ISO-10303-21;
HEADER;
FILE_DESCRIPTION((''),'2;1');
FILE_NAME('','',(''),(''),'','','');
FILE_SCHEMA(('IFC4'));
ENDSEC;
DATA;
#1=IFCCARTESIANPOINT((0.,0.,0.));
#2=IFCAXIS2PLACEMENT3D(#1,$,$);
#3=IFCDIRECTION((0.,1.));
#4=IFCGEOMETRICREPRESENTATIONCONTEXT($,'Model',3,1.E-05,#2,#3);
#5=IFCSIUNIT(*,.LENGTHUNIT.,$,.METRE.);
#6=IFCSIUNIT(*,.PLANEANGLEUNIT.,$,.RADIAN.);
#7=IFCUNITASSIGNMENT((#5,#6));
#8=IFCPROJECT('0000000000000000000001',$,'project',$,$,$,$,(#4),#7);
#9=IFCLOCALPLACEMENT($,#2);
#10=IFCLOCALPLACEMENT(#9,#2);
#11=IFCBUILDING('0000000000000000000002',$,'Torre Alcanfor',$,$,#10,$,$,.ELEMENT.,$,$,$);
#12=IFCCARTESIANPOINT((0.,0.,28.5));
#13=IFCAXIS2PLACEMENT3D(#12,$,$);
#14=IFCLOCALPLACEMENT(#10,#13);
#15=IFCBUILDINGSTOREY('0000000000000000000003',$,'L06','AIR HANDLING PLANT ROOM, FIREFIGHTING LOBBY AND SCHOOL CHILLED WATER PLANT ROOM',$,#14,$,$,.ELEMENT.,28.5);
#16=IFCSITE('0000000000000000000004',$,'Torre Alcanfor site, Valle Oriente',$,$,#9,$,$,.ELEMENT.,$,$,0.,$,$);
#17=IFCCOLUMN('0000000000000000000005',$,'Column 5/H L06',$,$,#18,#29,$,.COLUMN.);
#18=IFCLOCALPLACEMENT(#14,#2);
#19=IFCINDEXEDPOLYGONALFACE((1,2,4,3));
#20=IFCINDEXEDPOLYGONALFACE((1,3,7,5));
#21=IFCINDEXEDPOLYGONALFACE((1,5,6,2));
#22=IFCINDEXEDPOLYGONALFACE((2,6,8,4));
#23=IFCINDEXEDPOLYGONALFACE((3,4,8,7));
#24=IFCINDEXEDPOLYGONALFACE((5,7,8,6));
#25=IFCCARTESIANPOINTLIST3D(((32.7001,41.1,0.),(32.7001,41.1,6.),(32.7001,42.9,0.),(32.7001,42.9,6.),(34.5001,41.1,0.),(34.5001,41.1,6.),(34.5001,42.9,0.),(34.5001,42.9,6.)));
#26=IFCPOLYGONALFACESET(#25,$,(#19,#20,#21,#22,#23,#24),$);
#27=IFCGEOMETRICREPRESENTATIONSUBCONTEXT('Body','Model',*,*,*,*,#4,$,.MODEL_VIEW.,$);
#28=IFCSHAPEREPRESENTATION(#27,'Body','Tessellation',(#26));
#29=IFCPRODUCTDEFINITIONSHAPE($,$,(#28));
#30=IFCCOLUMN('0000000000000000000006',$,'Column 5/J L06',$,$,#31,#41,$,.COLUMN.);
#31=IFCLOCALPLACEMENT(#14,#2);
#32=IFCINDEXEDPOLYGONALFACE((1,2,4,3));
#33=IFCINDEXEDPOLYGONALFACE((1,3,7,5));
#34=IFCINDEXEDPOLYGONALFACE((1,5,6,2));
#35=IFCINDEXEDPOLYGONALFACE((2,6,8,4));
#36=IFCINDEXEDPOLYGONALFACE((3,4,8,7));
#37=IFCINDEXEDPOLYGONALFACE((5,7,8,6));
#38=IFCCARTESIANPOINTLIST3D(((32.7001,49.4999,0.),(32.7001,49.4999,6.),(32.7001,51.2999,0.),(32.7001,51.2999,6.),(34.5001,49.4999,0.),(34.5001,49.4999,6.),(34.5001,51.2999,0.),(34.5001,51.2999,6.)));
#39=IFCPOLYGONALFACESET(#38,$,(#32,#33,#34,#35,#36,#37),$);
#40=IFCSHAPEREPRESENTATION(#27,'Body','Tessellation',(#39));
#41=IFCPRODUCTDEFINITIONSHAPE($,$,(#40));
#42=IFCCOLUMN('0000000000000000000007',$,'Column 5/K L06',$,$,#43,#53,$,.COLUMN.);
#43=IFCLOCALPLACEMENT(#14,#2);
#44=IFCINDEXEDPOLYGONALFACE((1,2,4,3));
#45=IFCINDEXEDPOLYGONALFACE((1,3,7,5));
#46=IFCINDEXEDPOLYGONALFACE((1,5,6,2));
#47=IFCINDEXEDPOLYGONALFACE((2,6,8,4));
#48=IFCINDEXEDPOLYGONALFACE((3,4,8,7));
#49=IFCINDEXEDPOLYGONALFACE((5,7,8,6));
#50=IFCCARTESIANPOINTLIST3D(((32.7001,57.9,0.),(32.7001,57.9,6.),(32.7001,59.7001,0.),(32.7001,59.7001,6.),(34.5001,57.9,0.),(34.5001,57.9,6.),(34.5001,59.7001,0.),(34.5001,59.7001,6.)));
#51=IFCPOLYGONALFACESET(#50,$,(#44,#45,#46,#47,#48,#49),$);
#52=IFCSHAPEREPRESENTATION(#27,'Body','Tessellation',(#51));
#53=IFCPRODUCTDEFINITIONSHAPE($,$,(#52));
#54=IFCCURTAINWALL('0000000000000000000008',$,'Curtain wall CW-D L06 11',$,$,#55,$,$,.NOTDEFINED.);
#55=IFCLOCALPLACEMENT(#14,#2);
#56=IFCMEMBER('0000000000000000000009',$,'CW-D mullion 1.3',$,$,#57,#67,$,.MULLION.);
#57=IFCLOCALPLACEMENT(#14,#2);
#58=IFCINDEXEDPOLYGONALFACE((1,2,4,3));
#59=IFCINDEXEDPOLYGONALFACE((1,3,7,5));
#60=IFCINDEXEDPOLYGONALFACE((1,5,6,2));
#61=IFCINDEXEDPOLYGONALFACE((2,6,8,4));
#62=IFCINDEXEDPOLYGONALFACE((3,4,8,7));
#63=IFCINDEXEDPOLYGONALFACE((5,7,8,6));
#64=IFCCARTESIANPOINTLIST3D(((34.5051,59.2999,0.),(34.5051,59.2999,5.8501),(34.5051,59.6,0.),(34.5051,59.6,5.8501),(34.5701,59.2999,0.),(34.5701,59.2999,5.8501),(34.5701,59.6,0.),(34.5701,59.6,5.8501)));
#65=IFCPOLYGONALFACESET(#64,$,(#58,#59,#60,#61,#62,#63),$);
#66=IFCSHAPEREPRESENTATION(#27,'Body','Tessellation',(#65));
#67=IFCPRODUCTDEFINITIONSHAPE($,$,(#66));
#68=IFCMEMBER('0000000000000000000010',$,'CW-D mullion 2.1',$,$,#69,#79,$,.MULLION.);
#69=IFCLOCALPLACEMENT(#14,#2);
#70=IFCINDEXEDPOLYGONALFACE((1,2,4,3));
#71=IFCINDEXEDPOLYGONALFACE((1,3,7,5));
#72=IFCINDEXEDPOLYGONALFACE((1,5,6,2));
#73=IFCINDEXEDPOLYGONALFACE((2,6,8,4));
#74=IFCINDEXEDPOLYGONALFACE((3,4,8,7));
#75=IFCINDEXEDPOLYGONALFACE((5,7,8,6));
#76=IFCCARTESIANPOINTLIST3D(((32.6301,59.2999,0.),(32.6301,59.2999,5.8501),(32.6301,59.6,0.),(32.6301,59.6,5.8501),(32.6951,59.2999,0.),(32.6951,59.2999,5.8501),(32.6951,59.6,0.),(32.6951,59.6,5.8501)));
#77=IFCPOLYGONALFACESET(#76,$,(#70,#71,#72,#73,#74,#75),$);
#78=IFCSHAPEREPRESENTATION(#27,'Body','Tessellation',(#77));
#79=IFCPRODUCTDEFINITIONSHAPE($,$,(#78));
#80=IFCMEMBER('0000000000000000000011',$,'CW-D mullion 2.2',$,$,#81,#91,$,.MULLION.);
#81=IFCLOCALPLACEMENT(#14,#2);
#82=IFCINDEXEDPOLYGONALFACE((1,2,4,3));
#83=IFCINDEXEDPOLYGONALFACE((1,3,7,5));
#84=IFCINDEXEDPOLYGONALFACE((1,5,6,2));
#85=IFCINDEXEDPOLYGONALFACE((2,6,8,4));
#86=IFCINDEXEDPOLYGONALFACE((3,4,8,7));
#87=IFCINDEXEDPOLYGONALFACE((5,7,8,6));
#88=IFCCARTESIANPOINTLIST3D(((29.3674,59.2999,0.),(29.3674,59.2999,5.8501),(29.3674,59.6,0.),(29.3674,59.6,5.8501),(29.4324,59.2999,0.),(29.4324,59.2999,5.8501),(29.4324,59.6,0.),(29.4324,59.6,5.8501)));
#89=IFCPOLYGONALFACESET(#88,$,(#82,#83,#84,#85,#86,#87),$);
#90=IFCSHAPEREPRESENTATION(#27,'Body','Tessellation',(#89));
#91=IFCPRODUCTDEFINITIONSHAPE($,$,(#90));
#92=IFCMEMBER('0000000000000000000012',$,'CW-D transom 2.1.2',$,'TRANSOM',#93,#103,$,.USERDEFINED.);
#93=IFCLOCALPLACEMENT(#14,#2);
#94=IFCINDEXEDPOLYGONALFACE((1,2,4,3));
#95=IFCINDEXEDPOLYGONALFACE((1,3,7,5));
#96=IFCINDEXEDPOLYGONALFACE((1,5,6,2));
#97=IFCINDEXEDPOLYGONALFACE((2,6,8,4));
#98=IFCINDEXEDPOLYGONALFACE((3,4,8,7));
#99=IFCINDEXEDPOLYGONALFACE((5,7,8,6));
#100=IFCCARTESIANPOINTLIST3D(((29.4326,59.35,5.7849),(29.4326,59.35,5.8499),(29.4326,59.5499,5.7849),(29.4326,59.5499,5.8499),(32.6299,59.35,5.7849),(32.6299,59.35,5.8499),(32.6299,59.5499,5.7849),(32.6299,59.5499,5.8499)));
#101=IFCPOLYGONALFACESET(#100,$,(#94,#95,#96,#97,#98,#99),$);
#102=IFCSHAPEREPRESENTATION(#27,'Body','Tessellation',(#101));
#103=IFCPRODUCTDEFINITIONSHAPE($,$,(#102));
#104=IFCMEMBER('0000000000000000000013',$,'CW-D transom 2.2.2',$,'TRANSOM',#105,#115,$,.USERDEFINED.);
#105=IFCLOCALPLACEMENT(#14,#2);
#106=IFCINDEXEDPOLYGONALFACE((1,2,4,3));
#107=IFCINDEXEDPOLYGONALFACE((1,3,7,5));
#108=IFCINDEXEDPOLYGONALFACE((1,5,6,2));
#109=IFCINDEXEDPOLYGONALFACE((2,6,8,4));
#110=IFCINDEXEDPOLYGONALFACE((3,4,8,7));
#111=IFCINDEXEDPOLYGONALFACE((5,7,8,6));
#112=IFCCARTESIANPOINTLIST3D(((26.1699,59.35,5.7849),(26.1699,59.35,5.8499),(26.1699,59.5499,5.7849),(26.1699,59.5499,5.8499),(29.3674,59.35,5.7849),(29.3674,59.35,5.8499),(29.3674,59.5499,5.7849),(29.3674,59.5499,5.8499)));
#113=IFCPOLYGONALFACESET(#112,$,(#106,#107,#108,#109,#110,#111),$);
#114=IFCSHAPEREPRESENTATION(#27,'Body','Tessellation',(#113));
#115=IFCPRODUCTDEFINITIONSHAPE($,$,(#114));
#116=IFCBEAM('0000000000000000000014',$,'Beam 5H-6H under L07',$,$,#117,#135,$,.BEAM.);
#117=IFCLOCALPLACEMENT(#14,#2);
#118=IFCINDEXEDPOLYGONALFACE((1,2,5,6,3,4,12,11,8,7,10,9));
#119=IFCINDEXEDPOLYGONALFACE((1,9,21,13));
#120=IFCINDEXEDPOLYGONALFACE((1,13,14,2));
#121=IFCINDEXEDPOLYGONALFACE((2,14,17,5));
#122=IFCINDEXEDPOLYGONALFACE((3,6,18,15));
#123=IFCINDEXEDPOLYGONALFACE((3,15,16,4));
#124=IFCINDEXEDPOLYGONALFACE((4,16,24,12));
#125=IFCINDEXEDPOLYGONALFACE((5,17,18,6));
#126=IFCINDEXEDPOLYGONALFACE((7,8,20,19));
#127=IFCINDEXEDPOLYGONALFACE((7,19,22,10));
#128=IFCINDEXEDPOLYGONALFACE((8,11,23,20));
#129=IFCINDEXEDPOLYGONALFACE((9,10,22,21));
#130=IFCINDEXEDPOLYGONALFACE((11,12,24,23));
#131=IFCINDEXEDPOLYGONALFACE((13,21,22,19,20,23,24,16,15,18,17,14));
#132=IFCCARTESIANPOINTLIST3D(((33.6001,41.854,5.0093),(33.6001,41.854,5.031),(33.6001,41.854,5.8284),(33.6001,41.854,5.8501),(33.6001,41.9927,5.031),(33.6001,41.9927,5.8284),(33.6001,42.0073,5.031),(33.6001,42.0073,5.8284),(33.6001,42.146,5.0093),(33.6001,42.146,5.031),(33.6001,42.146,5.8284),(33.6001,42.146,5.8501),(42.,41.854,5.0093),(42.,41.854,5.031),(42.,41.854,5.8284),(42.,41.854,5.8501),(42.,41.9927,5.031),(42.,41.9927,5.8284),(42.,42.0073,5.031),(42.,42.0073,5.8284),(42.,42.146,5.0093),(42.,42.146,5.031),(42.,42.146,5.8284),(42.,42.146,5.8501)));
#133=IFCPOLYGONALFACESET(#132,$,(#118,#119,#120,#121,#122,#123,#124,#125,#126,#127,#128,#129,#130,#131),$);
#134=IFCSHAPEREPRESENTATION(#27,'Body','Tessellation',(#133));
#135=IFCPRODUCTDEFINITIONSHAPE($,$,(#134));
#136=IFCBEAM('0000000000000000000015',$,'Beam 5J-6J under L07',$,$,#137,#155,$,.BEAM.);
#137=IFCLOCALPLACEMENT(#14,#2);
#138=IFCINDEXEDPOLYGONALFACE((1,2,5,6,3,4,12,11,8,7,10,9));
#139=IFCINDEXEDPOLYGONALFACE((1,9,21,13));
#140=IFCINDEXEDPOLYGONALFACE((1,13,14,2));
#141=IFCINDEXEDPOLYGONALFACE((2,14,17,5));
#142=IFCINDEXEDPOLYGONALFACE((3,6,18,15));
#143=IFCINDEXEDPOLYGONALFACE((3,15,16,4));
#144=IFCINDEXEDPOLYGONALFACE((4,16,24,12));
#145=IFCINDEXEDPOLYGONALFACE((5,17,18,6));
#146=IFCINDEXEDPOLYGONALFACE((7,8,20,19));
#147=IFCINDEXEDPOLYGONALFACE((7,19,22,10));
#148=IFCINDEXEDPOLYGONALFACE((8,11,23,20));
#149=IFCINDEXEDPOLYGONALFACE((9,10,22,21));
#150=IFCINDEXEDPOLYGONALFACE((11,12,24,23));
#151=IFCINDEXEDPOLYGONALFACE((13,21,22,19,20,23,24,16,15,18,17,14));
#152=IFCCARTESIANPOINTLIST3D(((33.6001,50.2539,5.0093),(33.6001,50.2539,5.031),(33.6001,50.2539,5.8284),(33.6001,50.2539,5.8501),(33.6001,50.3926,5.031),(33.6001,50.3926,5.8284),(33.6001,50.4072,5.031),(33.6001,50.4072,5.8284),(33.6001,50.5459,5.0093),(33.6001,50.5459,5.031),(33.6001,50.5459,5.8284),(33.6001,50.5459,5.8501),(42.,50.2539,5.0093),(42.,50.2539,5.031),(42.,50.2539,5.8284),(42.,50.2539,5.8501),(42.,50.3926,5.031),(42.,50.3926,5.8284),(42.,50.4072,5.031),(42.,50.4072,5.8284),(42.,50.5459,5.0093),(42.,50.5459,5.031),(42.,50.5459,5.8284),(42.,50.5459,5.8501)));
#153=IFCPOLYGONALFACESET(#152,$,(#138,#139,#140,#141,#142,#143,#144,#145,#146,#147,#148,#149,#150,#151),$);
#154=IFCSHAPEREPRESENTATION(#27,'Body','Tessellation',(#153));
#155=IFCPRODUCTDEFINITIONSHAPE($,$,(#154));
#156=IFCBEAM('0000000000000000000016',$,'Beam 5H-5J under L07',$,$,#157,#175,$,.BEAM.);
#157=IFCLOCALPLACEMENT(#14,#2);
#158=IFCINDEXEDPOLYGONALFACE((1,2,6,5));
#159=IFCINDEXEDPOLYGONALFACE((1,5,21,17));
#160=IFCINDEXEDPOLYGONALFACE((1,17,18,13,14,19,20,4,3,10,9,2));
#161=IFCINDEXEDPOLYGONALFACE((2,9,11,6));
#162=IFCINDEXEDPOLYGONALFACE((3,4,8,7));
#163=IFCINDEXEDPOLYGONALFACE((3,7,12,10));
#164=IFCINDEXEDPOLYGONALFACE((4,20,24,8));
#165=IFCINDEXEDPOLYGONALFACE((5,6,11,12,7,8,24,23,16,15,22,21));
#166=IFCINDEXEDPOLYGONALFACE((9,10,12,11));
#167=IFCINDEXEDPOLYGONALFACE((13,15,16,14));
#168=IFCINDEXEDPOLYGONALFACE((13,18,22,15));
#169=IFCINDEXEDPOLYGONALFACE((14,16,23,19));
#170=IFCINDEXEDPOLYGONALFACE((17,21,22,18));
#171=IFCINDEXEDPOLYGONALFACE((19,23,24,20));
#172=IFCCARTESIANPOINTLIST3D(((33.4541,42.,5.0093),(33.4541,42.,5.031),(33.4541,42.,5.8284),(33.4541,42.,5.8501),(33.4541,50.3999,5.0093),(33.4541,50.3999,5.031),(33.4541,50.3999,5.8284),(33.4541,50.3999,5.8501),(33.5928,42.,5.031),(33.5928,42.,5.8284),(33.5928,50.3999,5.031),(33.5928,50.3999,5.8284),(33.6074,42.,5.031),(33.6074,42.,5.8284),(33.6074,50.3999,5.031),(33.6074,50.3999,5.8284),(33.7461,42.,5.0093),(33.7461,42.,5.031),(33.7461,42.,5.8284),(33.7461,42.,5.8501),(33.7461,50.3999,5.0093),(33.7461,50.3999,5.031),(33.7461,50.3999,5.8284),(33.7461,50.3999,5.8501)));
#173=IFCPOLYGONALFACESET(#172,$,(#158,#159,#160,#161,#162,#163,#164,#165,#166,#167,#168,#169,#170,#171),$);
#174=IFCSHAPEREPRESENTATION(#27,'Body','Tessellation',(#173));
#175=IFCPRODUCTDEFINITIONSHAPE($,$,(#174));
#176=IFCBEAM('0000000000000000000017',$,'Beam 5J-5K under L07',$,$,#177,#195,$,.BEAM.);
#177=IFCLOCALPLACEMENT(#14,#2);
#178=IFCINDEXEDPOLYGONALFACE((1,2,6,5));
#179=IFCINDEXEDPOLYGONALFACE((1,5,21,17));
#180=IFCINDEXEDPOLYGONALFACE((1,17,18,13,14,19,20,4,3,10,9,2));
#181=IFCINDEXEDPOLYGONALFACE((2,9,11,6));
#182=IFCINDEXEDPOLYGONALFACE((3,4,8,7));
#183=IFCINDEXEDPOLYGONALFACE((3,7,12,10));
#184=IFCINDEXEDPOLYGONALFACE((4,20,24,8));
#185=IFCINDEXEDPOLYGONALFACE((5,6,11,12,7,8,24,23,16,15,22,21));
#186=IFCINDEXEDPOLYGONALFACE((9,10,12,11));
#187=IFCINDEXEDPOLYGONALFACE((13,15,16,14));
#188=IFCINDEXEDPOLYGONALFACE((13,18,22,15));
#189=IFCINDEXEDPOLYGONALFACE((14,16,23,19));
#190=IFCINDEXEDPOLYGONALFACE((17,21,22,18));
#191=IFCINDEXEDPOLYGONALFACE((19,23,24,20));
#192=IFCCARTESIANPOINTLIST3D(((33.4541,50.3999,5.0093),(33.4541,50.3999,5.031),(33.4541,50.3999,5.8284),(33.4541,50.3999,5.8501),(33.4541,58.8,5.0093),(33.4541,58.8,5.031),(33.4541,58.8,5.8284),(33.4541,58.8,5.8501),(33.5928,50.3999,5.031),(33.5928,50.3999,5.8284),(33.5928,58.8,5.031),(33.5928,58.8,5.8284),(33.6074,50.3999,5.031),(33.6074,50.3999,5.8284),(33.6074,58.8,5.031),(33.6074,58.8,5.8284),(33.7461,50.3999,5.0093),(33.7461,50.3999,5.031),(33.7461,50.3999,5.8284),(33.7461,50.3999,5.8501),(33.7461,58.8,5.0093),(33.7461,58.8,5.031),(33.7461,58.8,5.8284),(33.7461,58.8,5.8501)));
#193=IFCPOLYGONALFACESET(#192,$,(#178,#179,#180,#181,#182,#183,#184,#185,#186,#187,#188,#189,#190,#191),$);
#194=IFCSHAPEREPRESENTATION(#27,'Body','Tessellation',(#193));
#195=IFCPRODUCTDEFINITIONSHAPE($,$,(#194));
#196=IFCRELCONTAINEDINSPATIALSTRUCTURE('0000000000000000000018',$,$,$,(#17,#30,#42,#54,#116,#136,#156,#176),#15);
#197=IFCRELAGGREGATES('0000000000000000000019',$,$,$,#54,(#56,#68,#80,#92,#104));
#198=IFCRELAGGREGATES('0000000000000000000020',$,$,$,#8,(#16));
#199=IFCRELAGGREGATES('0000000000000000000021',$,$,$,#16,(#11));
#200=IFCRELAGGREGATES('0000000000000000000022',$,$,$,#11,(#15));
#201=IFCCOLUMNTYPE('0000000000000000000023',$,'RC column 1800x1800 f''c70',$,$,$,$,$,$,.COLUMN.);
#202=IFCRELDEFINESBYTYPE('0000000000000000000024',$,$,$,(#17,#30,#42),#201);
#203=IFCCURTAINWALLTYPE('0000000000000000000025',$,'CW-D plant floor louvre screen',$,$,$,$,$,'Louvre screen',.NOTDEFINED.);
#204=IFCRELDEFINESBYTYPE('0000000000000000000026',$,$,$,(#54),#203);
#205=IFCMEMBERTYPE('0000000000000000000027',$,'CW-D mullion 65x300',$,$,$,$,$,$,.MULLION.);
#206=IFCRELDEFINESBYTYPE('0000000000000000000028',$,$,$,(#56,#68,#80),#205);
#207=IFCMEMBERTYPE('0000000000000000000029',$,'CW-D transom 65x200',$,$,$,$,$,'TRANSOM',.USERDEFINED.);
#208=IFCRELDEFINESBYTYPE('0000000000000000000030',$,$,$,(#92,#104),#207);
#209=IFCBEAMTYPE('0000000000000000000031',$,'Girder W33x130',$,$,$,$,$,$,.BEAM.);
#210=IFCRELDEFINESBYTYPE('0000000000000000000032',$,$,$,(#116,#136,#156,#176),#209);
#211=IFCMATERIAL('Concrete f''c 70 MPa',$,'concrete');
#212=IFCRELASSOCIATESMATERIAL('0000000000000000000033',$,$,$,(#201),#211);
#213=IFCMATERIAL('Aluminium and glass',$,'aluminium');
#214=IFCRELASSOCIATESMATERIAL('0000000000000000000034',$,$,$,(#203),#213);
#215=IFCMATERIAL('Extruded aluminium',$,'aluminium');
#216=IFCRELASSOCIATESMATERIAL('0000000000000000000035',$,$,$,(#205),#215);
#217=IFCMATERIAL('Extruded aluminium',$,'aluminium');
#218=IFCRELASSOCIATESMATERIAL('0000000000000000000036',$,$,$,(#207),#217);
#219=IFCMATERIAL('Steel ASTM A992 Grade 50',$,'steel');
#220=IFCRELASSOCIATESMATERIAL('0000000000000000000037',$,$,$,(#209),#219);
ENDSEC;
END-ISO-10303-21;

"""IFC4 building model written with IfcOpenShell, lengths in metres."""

from ifc_helpers import new_model, si_unit, direction, frame, origin, origin_2d, place, context, subcontext, project, spatial, rectangle, i_section, extrude, material, material_profile, profile_set, type_object, element, aggregate, save


model = new_model("IFC4")

# Units and contexts
model_context = context("Model", 3, precision=1e-05, world=origin(), true_north=direction((0.0, 1.0)))
body_context = subcontext(model_context, "Body", "Model", "MODEL_VIEW")
ifc_project = project(units=[si_unit("LENGTHUNIT", "METRE"), si_unit("PLANEANGLEUNIT", "RADIAN")], contexts=[model_context])

# Site, building, storey
site_placement = place(None, origin())
site = spatial("IfcSite", under=ifc_project, at=site_placement, Name="Torre Alcanfor site, Valle Oriente", CompositionType="ELEMENT", RefElevation=0.0)
building_placement = place(site_placement, origin())
building = spatial("IfcBuilding", under=site, at=building_placement, Name="Torre Alcanfor", CompositionType="ELEMENT")
storey_placement = place(building_placement, frame((0.0, 0.0, 28.5)))
storey = spatial("IfcBuildingStorey", under=building, at=storey_placement, Name="L06", Description="AIR HANDLING PLANT ROOM, FIREFIGHTING LOBBY AND SCHOOL CHILLED WATER PLANT ROOM", CompositionType="ELEMENT", Elevation=28.5)

# Columns
ifc_material_1 = material(Name="Concrete f'c 70 MPa", Category="concrete")
ifc_material_profile_1 = material_profile(ifc_material_1, rectangle(XDim=1.8, YDim=1.8, at=origin_2d()), Name="1800x1800")
ifc_profile_set_1 = profile_set([ifc_material_profile_1], Name="Concrete f'c 70 MPa")
column_type = type_object("IfcColumnType", Name="RC column 1800x1800 f'c70", PredefinedType="COLUMN", material=ifc_profile_set_1)
for number, where, z_axis, x_axis, name in (
    (1, (33.6001, 42.0, 0.0), (0.0, 0.0, 1.0), (1.0, 0.0, 0.0), "Column 5/H L06"),
    (2, (33.6001, 50.3999, 0.0), (0.0, 0.0, 1.0), (1.0, 0.0, 0.0), "Column 5/J L06"),
    (3, (33.6001, 58.8, 0.0), (0.0, 0.0, 1.0), (1.0, 0.0, 0.0), "Column 5/K L06"),
):
    element("IfcColumn", number, at=place(storey_placement, frame(where, z_axis=z_axis, x_axis=x_axis)), inside=storey, type_object=column_type, Name=name, PredefinedType="COLUMN", context=body_context, shape_type="SweptSolid", body=[
        extrude(rectangle(XDim=1.8, YDim=1.8, at=origin_2d()), origin(), (0.0, 0.0, 1.0), 6.0),
    ])

# Curtain wall, members
ifc_material_2 = material(Name="Aluminium and glass", Category="aluminium")
curtain_wall_type = type_object("IfcCurtainWallType", Name="CW-D plant floor louvre screen", ElementType="Louvre screen", PredefinedType="NOTDEFINED", material=ifc_material_2)
curtain_wall_placement = place(storey_placement, origin())
curtain_wall = element("IfcCurtainWall", 4, at=curtain_wall_placement, inside=storey, type_object=curtain_wall_type, Name="Curtain wall CW-D L06 11", PredefinedType="NOTDEFINED")
ifc_material_3 = material(Name="Extruded aluminium", Category="aluminium")
ifc_material_profile_2 = material_profile(ifc_material_3, rectangle(XDim=0.3, YDim=0.0649, at=origin_2d()), Name="CW-D mullion 65x300")
ifc_profile_set_2 = profile_set([ifc_material_profile_2], Name="Extruded aluminium")
member_type_1 = type_object("IfcMemberType", Name="CW-D mullion 65x300", PredefinedType="MULLION", material=ifc_profile_set_2)
member_1_placement = place(storey_placement, frame((34.5376, 59.45, 0.0), z_axis=(0.0, 0.0, 1.0), x_axis=(0.0, -1.0, 0.0)))
member_1 = element("IfcMember", 5, at=member_1_placement, type_object=member_type_1, Name="CW-D mullion 1.3", PredefinedType="MULLION", context=body_context, shape_type="SweptSolid", body=[
    extrude(rectangle(XDim=0.3, YDim=0.0649, at=origin_2d()), origin(), (0.0, 0.0, 1.0), 5.8501),
])
member_2_placement = place(storey_placement, frame((32.6626, 59.45, 0.0), z_axis=(0.0, 0.0, 1.0), x_axis=(0.0, -1.0, 0.0)))
member_2 = element("IfcMember", 6, at=member_2_placement, type_object=member_type_1, Name="CW-D mullion 2.1", PredefinedType="MULLION", context=body_context, shape_type="SweptSolid", body=[
    extrude(rectangle(XDim=0.3, YDim=0.0649, at=origin_2d()), origin(), (0.0, 0.0, 1.0), 5.8501),
])
member_3_placement = place(storey_placement, frame((29.3999, 59.45, 0.0), z_axis=(0.0, 0.0, 1.0), x_axis=(0.0, -1.0, 0.0)))
member_3 = element("IfcMember", 7, at=member_3_placement, type_object=member_type_1, Name="CW-D mullion 2.2", PredefinedType="MULLION", context=body_context, shape_type="SweptSolid", body=[
    extrude(rectangle(XDim=0.3, YDim=0.0649, at=origin_2d()), origin(), (0.0, 0.0, 1.0), 5.8501),
])
ifc_material_4 = material(Name="Extruded aluminium", Category="aluminium")
ifc_material_profile_3 = material_profile(ifc_material_4, rectangle(XDim=0.2, YDim=0.0649, at=origin_2d()), Name="CW-D transom 200x65")
ifc_profile_set_3 = profile_set([ifc_material_profile_3], Name="Extruded aluminium")
member_type_2 = type_object("IfcMemberType", Name="CW-D transom 65x200", ElementType="TRANSOM", PredefinedType="USERDEFINED", material=ifc_profile_set_3)
member_4_placement = place(storey_placement, frame((32.6299, 59.45, 5.8174), z_axis=(-1.0, 0.0, 0.0), x_axis=(0.0, -1.0, 0.0)))
member_4 = element("IfcMember", 8, at=member_4_placement, type_object=member_type_2, Name="CW-D transom 2.1.2", ObjectType="TRANSOM", PredefinedType="USERDEFINED", context=body_context, shape_type="SweptSolid", body=[
    extrude(rectangle(XDim=0.2, YDim=0.0649, at=origin_2d()), origin(), (0.0, 0.0, 1.0), 3.1973),
])
member_5_placement = place(storey_placement, frame((29.3674, 59.45, 5.8174), z_axis=(-1.0, 0.0, 0.0), x_axis=(0.0, -1.0, 0.0)))
member_5 = element("IfcMember", 9, at=member_5_placement, type_object=member_type_2, Name="CW-D transom 2.2.2", ObjectType="TRANSOM", PredefinedType="USERDEFINED", context=body_context, shape_type="SweptSolid", body=[
    extrude(rectangle(XDim=0.2, YDim=0.0649, at=origin_2d()), origin(), (0.0, 0.0, 1.0), 3.1975),
])

# Beams
ifc_material_5 = material(Name="Steel ASTM A992 Grade 50", Category="steel")
ifc_material_profile_4 = material_profile(ifc_material_5, i_section(OverallWidth=0.292, OverallDepth=0.8408, WebThickness=0.0146, FlangeThickness=0.0217, at=origin_2d()), Name="W33x130")
ifc_profile_set_4 = profile_set([ifc_material_profile_4], Name="Steel ASTM A992 Grade 50")
beam_type_1 = type_object("IfcBeamType", Name="Girder W33x130", PredefinedType="BEAM", material=ifc_profile_set_4)
for number, where, z_axis, x_axis, name in (
    (10, (33.6001, 42.0, 5.4297), (1.0, 0.0, 0.0), (0.0, 1.0, 0.0), "Beam 5H-6H under L07"),
    (11, (33.6001, 50.3999, 5.4297), (1.0, 0.0, 0.0), (0.0, 1.0, 0.0), "Beam 5J-6J under L07"),
    (12, (33.6001, 42.0, 5.4297), (0.0, 1.0, 0.0), (-1.0, 0.0, 0.0), "Beam 5H-5J under L07"),
):
    element("IfcBeam", number, at=place(storey_placement, frame(where, z_axis=z_axis, x_axis=x_axis)), inside=storey, type_object=beam_type_1, Name=name, PredefinedType="BEAM", context=body_context, shape_type="SweptSolid", body=[
        extrude(i_section(OverallWidth=0.292, OverallDepth=0.8408, WebThickness=0.0146, FlangeThickness=0.0217, at=origin_2d()), origin(), (0.0, 0.0, 1.0), 8.3999),
    ])
beam_1_placement = place(storey_placement, frame((33.6001, 50.3999, 5.4297), z_axis=(0.0, 1.0, 0.0), x_axis=(-1.0, 0.0, 0.0)))
element("IfcBeam", 13, at=beam_1_placement, inside=storey, type_object=beam_type_1, Name="Beam 5J-5K under L07", PredefinedType="BEAM", context=body_context, shape_type="SweptSolid", body=[
    extrude(i_section(OverallWidth=0.292, OverallDepth=0.8408, WebThickness=0.0146, FlangeThickness=0.0217, at=origin_2d()), origin(), (0.0, 0.0, 1.0), 8.4001),
])

aggregate(curtain_wall, [member_1, member_2, member_3, member_4, member_5])

save(model, "model.ifc")
